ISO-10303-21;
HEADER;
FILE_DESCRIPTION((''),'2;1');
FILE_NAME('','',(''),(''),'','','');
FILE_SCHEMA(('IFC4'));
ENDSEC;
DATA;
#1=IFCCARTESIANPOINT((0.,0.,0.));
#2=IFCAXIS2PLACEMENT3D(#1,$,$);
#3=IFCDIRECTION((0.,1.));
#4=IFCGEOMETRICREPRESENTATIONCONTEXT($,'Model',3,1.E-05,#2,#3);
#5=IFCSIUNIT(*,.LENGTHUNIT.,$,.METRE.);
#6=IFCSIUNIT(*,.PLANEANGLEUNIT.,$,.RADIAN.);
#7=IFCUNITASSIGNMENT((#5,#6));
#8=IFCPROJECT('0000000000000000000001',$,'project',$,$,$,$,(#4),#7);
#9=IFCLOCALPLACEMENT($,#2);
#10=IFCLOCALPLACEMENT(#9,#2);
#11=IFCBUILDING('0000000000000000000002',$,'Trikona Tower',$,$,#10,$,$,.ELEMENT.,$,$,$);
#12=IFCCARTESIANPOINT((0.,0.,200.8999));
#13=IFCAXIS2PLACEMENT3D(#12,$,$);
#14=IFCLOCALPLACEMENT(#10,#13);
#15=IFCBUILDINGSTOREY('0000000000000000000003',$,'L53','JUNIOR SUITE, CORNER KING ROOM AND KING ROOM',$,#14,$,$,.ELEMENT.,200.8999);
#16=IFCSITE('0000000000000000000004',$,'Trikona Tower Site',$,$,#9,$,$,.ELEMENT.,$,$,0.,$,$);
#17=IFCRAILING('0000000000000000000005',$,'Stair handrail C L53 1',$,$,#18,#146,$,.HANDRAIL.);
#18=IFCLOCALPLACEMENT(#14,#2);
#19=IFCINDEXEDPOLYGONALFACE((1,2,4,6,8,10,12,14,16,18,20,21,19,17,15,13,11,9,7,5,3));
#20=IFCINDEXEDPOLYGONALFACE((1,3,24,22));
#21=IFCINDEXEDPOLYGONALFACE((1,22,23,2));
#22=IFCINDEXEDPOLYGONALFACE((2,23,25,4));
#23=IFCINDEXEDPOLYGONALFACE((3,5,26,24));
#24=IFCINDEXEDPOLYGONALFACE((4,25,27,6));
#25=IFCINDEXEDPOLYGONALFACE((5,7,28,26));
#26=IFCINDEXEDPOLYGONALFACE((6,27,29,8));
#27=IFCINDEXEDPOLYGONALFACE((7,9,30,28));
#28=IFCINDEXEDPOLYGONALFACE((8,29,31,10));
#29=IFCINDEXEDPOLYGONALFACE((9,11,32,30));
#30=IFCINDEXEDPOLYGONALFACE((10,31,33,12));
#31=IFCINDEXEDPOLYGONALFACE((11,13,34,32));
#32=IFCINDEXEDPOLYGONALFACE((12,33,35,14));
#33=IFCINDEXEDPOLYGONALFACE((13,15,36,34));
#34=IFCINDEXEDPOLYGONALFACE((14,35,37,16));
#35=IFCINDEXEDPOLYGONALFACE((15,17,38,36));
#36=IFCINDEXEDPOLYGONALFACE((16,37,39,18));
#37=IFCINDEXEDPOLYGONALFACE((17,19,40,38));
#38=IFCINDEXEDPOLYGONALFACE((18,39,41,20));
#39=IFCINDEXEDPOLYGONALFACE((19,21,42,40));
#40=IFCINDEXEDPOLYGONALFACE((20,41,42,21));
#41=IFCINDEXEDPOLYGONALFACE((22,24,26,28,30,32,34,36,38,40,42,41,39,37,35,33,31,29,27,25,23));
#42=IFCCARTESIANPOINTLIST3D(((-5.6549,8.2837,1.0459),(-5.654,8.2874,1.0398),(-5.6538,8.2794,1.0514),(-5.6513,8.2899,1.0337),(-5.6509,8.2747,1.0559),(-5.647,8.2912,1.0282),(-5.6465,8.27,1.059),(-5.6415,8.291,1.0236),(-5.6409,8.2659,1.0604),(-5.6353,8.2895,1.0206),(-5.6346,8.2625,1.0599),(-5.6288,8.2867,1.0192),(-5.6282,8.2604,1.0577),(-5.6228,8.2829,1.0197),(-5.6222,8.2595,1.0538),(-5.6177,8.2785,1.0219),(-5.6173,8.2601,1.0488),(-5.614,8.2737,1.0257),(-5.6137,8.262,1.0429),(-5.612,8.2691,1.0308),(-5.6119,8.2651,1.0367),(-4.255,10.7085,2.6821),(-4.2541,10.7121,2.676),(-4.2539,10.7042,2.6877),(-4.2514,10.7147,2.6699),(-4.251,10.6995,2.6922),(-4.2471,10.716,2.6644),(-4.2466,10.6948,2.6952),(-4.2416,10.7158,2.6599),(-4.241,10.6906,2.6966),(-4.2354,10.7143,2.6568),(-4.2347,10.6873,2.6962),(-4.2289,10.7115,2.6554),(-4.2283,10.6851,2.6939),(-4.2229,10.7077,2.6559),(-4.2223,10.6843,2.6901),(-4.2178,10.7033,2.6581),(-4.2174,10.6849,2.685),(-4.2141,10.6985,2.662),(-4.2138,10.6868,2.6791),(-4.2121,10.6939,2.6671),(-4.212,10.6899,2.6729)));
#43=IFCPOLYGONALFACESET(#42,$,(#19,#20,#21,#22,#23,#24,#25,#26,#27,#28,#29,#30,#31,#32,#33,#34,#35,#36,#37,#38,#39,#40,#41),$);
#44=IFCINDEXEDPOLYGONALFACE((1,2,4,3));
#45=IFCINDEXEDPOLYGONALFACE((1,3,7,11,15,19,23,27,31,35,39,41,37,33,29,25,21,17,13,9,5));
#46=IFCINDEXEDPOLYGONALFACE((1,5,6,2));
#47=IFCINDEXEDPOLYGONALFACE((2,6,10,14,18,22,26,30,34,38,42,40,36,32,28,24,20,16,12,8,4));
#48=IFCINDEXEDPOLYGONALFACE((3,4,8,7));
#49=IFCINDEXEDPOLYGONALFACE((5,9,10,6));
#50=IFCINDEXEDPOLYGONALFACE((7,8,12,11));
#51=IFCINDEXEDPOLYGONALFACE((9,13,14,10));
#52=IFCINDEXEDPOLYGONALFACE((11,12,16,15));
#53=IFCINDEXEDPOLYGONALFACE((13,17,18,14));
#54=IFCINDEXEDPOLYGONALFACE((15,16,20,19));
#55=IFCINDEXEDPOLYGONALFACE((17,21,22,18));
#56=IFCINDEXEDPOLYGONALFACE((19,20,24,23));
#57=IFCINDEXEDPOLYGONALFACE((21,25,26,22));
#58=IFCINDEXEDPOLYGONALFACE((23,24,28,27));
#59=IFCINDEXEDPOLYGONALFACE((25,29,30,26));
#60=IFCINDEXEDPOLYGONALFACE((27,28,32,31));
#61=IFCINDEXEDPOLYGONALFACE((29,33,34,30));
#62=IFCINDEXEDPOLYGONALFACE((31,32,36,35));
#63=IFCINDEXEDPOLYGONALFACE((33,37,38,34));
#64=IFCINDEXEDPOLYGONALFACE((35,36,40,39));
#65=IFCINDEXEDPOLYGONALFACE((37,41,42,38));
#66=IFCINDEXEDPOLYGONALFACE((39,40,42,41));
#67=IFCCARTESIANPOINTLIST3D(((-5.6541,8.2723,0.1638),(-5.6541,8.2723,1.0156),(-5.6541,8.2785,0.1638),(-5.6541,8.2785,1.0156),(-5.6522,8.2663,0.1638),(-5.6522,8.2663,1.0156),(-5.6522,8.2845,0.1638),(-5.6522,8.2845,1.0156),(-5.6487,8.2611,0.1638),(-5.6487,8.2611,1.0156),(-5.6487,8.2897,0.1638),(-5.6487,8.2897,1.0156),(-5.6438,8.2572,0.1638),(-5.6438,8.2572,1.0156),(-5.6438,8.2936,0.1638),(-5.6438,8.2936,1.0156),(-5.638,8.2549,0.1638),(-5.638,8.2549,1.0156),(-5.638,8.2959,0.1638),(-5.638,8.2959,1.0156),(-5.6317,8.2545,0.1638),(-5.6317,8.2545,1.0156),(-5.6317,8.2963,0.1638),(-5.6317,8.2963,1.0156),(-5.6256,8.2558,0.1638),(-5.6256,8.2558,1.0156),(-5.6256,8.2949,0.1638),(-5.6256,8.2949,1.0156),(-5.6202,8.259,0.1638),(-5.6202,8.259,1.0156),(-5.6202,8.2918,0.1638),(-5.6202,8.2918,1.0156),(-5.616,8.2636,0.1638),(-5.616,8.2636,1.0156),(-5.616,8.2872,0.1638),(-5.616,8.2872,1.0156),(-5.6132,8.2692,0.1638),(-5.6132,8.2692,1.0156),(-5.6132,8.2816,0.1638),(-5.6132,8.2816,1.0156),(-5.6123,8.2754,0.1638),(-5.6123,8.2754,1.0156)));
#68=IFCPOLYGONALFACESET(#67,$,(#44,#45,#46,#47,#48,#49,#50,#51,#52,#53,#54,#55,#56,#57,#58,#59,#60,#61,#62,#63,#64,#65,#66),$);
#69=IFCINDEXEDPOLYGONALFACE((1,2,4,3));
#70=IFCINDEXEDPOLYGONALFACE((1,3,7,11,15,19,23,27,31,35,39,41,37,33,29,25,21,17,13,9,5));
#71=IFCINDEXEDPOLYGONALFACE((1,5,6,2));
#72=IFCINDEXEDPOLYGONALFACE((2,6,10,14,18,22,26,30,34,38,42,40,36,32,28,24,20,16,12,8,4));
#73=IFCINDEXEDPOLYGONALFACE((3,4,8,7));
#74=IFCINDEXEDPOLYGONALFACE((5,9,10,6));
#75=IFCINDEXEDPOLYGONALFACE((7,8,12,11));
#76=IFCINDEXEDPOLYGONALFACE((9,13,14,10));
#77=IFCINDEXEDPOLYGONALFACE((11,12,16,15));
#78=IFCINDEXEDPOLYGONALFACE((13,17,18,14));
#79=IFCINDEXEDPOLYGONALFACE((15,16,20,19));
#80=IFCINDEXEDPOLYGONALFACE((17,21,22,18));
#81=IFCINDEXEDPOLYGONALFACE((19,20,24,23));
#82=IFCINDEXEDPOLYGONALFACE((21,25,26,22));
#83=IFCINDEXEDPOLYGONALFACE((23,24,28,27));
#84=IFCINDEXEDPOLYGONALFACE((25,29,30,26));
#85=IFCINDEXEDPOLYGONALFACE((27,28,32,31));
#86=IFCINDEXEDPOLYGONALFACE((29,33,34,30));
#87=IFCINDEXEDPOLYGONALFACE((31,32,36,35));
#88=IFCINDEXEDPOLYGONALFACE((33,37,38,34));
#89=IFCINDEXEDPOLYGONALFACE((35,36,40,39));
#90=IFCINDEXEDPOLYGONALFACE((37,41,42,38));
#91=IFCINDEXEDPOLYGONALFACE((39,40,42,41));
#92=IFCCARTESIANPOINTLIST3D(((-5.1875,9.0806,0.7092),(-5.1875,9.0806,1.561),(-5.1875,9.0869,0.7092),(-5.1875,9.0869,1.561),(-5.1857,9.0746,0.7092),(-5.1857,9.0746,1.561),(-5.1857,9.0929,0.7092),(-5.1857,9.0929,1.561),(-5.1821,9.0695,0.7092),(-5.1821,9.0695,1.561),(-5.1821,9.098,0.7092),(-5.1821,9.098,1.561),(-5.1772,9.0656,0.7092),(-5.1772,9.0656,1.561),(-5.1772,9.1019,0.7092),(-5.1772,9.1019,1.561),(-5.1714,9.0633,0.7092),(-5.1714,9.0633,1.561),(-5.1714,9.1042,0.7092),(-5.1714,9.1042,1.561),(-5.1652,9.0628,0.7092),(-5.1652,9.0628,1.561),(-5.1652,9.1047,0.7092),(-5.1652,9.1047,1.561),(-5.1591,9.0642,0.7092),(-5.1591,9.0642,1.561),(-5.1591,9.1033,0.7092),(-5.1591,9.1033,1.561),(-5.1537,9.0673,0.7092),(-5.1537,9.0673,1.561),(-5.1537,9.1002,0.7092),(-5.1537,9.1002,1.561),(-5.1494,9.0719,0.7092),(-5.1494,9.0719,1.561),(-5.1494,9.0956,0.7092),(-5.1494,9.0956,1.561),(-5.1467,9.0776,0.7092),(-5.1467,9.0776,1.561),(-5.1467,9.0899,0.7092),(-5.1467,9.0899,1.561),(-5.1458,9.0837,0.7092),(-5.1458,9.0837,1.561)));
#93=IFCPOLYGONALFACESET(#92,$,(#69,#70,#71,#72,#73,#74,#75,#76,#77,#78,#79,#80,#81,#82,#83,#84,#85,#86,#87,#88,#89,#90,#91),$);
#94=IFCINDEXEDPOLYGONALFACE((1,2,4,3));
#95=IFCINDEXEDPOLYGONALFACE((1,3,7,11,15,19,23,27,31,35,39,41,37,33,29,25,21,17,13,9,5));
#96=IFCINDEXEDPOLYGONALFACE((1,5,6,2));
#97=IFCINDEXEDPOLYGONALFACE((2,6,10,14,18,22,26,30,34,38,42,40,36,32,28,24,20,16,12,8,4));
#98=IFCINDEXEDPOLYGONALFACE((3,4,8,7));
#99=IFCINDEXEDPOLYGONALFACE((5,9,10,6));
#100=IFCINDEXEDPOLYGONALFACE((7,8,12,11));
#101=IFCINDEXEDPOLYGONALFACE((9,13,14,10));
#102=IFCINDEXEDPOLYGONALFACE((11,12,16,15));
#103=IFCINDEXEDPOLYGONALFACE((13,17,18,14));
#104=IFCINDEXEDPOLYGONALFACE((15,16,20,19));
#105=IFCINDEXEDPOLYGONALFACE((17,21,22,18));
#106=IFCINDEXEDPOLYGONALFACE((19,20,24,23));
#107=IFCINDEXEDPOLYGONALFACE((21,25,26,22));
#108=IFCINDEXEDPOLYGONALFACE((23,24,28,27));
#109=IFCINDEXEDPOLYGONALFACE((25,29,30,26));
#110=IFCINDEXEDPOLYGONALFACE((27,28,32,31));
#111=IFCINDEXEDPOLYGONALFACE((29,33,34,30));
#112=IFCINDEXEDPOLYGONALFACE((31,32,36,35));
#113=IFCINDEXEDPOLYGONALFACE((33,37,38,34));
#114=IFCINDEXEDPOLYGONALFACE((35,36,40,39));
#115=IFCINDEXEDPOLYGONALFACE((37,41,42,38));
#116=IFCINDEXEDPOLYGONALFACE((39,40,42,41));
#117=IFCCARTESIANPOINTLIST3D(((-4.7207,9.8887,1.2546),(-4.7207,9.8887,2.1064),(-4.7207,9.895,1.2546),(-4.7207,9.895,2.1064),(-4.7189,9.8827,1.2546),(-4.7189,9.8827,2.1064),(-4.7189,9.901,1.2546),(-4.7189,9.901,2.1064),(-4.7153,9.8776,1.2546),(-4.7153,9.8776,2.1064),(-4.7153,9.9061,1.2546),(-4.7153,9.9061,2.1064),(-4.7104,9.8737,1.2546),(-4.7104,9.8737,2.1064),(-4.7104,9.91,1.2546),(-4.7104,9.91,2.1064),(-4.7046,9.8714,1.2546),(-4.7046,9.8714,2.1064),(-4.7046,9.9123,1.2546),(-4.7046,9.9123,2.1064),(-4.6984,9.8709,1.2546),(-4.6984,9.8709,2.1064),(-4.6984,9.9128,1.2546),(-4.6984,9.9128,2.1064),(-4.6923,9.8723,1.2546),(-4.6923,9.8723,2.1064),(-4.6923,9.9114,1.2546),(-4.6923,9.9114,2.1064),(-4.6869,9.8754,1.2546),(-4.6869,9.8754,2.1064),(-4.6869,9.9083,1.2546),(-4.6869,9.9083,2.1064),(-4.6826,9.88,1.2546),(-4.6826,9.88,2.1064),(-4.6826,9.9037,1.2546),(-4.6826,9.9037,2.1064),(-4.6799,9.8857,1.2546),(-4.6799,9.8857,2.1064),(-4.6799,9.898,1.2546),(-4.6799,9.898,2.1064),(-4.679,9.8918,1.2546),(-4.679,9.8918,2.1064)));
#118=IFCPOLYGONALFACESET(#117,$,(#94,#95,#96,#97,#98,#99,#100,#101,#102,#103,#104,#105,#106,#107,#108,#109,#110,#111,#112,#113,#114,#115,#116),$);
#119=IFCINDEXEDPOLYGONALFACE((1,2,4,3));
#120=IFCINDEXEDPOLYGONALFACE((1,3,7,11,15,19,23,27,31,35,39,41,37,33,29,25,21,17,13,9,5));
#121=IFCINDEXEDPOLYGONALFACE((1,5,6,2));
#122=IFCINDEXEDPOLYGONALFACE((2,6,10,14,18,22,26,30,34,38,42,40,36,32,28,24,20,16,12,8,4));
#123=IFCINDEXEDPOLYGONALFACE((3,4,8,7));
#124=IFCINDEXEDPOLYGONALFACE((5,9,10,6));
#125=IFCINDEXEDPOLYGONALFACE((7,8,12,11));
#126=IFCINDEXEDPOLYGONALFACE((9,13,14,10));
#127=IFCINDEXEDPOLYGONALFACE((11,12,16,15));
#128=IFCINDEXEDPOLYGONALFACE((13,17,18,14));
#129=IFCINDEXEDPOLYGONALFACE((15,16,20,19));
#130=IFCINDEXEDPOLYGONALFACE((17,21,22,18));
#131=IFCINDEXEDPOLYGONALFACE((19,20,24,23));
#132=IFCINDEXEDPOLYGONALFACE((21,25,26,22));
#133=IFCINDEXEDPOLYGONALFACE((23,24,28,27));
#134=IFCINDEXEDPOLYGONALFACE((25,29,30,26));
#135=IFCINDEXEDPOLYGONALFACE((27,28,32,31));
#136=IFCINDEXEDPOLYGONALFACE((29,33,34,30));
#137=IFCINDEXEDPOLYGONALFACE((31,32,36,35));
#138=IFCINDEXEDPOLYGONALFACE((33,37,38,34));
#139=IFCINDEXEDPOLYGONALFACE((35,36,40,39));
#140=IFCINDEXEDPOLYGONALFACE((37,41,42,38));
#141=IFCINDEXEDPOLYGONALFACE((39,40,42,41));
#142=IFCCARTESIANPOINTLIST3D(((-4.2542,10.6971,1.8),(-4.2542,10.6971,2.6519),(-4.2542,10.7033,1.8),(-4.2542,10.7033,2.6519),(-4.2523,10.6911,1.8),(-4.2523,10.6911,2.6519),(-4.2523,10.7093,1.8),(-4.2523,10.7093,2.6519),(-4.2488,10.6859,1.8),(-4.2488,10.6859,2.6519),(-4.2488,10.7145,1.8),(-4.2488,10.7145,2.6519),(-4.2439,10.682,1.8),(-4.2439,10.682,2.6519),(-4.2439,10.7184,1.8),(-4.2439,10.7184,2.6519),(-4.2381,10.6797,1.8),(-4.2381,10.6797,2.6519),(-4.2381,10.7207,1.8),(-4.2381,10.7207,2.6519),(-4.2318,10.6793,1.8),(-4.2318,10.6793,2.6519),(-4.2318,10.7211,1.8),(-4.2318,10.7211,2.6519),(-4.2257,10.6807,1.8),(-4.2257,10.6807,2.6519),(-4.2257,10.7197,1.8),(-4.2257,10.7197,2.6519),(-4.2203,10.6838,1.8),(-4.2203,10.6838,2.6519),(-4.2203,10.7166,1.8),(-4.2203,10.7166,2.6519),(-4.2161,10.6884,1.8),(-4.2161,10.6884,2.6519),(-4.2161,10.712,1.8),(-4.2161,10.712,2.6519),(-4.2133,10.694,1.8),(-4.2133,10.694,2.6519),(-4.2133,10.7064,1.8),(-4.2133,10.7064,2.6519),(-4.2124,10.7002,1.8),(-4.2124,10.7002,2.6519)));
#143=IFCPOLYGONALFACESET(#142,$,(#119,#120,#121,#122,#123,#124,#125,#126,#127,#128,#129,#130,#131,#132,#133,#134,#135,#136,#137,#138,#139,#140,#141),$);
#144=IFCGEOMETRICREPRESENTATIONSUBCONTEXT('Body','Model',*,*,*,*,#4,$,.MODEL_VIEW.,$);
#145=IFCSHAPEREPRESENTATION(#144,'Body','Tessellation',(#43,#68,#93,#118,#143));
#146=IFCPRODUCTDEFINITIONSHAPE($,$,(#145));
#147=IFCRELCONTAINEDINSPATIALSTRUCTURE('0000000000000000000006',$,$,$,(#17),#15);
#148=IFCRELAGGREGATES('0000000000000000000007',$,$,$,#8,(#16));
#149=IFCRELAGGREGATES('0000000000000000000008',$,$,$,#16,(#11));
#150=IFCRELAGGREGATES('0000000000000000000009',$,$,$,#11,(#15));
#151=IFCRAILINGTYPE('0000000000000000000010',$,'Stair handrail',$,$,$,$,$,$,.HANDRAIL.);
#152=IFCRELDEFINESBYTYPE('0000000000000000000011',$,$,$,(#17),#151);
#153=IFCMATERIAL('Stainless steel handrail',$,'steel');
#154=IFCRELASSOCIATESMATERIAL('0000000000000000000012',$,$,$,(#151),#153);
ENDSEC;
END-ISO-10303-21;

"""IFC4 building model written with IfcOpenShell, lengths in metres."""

from ifc_helpers import new_model, si_unit, direction, frame, origin, origin_2d, place, context, subcontext, project, spatial, circle, extrude, material, type_object, element, save


model = new_model("IFC4")

# Units and contexts
model_context = context("Model", 3, precision=1e-05, world=origin(), true_north=direction((0.0, 1.0)))
body_context = subcontext(model_context, "Body", "Model", "MODEL_VIEW")
ifc_project = project(units=[si_unit("LENGTHUNIT", "METRE"), si_unit("PLANEANGLEUNIT", "RADIAN")], contexts=[model_context])

# Site, building, storey
site_placement = place(None, origin())
site = spatial("IfcSite", under=ifc_project, at=site_placement, Name="Trikona Tower Site", CompositionType="ELEMENT", RefElevation=0.0)
building_placement = place(site_placement, origin())
building = spatial("IfcBuilding", under=site, at=building_placement, Name="Trikona Tower", CompositionType="ELEMENT")
storey_placement = place(building_placement, frame((0.0, 0.0, 200.8999)))
storey = spatial("IfcBuildingStorey", under=building, at=storey_placement, Name="L53", Description="JUNIOR SUITE, CORNER KING ROOM AND KING ROOM", CompositionType="ELEMENT", Elevation=200.8999)

# Railing
ifc_material_1 = material(Name="Stainless steel handrail", Category="steel")
railing_type = type_object("IfcRailingType", Name="Stair handrail", PredefinedType="HANDRAIL", material=ifc_material_1)
railing_1_placement = place(storey_placement, frame((-5.6333, 8.2754, 0.1638)))
element("IfcRailing", 1, at=railing_1_placement, inside=storey, type_object=railing_type, Name="Stair handrail C L53 1", PredefinedType="HANDRAIL", context=body_context, shape_type="SweptSolid", body=[
    extrude(circle(Radius=0.0239, at=origin_2d()), frame((0.0, 0.0, 0.876), z_axis=(0.431677, 0.747718, 0.504552), x_axis=(-0.866035, 0.499984, 0.0)), (0.0, 0.0, 1.0), 3.2429),
    extrude(circle(Radius=0.021, at=origin_2d()), origin(), (0.0, 0.0, 1.0), 0.8518),
    extrude(circle(Radius=0.021, at=origin_2d()), frame((0.4666, 0.8083, 0.5454)), (0.0, 0.0, 1.0), 0.8518),
    extrude(circle(Radius=0.021, at=origin_2d()), frame((0.9333, 1.6165, 1.0908)), (0.0, 0.0, 1.0), 0.8518),
    extrude(circle(Radius=0.021, at=origin_2d()), frame((1.3999, 2.4248, 1.6362)), (0.0, 0.0, 1.0), 0.8518),
])

save(model, "model.ifc")
